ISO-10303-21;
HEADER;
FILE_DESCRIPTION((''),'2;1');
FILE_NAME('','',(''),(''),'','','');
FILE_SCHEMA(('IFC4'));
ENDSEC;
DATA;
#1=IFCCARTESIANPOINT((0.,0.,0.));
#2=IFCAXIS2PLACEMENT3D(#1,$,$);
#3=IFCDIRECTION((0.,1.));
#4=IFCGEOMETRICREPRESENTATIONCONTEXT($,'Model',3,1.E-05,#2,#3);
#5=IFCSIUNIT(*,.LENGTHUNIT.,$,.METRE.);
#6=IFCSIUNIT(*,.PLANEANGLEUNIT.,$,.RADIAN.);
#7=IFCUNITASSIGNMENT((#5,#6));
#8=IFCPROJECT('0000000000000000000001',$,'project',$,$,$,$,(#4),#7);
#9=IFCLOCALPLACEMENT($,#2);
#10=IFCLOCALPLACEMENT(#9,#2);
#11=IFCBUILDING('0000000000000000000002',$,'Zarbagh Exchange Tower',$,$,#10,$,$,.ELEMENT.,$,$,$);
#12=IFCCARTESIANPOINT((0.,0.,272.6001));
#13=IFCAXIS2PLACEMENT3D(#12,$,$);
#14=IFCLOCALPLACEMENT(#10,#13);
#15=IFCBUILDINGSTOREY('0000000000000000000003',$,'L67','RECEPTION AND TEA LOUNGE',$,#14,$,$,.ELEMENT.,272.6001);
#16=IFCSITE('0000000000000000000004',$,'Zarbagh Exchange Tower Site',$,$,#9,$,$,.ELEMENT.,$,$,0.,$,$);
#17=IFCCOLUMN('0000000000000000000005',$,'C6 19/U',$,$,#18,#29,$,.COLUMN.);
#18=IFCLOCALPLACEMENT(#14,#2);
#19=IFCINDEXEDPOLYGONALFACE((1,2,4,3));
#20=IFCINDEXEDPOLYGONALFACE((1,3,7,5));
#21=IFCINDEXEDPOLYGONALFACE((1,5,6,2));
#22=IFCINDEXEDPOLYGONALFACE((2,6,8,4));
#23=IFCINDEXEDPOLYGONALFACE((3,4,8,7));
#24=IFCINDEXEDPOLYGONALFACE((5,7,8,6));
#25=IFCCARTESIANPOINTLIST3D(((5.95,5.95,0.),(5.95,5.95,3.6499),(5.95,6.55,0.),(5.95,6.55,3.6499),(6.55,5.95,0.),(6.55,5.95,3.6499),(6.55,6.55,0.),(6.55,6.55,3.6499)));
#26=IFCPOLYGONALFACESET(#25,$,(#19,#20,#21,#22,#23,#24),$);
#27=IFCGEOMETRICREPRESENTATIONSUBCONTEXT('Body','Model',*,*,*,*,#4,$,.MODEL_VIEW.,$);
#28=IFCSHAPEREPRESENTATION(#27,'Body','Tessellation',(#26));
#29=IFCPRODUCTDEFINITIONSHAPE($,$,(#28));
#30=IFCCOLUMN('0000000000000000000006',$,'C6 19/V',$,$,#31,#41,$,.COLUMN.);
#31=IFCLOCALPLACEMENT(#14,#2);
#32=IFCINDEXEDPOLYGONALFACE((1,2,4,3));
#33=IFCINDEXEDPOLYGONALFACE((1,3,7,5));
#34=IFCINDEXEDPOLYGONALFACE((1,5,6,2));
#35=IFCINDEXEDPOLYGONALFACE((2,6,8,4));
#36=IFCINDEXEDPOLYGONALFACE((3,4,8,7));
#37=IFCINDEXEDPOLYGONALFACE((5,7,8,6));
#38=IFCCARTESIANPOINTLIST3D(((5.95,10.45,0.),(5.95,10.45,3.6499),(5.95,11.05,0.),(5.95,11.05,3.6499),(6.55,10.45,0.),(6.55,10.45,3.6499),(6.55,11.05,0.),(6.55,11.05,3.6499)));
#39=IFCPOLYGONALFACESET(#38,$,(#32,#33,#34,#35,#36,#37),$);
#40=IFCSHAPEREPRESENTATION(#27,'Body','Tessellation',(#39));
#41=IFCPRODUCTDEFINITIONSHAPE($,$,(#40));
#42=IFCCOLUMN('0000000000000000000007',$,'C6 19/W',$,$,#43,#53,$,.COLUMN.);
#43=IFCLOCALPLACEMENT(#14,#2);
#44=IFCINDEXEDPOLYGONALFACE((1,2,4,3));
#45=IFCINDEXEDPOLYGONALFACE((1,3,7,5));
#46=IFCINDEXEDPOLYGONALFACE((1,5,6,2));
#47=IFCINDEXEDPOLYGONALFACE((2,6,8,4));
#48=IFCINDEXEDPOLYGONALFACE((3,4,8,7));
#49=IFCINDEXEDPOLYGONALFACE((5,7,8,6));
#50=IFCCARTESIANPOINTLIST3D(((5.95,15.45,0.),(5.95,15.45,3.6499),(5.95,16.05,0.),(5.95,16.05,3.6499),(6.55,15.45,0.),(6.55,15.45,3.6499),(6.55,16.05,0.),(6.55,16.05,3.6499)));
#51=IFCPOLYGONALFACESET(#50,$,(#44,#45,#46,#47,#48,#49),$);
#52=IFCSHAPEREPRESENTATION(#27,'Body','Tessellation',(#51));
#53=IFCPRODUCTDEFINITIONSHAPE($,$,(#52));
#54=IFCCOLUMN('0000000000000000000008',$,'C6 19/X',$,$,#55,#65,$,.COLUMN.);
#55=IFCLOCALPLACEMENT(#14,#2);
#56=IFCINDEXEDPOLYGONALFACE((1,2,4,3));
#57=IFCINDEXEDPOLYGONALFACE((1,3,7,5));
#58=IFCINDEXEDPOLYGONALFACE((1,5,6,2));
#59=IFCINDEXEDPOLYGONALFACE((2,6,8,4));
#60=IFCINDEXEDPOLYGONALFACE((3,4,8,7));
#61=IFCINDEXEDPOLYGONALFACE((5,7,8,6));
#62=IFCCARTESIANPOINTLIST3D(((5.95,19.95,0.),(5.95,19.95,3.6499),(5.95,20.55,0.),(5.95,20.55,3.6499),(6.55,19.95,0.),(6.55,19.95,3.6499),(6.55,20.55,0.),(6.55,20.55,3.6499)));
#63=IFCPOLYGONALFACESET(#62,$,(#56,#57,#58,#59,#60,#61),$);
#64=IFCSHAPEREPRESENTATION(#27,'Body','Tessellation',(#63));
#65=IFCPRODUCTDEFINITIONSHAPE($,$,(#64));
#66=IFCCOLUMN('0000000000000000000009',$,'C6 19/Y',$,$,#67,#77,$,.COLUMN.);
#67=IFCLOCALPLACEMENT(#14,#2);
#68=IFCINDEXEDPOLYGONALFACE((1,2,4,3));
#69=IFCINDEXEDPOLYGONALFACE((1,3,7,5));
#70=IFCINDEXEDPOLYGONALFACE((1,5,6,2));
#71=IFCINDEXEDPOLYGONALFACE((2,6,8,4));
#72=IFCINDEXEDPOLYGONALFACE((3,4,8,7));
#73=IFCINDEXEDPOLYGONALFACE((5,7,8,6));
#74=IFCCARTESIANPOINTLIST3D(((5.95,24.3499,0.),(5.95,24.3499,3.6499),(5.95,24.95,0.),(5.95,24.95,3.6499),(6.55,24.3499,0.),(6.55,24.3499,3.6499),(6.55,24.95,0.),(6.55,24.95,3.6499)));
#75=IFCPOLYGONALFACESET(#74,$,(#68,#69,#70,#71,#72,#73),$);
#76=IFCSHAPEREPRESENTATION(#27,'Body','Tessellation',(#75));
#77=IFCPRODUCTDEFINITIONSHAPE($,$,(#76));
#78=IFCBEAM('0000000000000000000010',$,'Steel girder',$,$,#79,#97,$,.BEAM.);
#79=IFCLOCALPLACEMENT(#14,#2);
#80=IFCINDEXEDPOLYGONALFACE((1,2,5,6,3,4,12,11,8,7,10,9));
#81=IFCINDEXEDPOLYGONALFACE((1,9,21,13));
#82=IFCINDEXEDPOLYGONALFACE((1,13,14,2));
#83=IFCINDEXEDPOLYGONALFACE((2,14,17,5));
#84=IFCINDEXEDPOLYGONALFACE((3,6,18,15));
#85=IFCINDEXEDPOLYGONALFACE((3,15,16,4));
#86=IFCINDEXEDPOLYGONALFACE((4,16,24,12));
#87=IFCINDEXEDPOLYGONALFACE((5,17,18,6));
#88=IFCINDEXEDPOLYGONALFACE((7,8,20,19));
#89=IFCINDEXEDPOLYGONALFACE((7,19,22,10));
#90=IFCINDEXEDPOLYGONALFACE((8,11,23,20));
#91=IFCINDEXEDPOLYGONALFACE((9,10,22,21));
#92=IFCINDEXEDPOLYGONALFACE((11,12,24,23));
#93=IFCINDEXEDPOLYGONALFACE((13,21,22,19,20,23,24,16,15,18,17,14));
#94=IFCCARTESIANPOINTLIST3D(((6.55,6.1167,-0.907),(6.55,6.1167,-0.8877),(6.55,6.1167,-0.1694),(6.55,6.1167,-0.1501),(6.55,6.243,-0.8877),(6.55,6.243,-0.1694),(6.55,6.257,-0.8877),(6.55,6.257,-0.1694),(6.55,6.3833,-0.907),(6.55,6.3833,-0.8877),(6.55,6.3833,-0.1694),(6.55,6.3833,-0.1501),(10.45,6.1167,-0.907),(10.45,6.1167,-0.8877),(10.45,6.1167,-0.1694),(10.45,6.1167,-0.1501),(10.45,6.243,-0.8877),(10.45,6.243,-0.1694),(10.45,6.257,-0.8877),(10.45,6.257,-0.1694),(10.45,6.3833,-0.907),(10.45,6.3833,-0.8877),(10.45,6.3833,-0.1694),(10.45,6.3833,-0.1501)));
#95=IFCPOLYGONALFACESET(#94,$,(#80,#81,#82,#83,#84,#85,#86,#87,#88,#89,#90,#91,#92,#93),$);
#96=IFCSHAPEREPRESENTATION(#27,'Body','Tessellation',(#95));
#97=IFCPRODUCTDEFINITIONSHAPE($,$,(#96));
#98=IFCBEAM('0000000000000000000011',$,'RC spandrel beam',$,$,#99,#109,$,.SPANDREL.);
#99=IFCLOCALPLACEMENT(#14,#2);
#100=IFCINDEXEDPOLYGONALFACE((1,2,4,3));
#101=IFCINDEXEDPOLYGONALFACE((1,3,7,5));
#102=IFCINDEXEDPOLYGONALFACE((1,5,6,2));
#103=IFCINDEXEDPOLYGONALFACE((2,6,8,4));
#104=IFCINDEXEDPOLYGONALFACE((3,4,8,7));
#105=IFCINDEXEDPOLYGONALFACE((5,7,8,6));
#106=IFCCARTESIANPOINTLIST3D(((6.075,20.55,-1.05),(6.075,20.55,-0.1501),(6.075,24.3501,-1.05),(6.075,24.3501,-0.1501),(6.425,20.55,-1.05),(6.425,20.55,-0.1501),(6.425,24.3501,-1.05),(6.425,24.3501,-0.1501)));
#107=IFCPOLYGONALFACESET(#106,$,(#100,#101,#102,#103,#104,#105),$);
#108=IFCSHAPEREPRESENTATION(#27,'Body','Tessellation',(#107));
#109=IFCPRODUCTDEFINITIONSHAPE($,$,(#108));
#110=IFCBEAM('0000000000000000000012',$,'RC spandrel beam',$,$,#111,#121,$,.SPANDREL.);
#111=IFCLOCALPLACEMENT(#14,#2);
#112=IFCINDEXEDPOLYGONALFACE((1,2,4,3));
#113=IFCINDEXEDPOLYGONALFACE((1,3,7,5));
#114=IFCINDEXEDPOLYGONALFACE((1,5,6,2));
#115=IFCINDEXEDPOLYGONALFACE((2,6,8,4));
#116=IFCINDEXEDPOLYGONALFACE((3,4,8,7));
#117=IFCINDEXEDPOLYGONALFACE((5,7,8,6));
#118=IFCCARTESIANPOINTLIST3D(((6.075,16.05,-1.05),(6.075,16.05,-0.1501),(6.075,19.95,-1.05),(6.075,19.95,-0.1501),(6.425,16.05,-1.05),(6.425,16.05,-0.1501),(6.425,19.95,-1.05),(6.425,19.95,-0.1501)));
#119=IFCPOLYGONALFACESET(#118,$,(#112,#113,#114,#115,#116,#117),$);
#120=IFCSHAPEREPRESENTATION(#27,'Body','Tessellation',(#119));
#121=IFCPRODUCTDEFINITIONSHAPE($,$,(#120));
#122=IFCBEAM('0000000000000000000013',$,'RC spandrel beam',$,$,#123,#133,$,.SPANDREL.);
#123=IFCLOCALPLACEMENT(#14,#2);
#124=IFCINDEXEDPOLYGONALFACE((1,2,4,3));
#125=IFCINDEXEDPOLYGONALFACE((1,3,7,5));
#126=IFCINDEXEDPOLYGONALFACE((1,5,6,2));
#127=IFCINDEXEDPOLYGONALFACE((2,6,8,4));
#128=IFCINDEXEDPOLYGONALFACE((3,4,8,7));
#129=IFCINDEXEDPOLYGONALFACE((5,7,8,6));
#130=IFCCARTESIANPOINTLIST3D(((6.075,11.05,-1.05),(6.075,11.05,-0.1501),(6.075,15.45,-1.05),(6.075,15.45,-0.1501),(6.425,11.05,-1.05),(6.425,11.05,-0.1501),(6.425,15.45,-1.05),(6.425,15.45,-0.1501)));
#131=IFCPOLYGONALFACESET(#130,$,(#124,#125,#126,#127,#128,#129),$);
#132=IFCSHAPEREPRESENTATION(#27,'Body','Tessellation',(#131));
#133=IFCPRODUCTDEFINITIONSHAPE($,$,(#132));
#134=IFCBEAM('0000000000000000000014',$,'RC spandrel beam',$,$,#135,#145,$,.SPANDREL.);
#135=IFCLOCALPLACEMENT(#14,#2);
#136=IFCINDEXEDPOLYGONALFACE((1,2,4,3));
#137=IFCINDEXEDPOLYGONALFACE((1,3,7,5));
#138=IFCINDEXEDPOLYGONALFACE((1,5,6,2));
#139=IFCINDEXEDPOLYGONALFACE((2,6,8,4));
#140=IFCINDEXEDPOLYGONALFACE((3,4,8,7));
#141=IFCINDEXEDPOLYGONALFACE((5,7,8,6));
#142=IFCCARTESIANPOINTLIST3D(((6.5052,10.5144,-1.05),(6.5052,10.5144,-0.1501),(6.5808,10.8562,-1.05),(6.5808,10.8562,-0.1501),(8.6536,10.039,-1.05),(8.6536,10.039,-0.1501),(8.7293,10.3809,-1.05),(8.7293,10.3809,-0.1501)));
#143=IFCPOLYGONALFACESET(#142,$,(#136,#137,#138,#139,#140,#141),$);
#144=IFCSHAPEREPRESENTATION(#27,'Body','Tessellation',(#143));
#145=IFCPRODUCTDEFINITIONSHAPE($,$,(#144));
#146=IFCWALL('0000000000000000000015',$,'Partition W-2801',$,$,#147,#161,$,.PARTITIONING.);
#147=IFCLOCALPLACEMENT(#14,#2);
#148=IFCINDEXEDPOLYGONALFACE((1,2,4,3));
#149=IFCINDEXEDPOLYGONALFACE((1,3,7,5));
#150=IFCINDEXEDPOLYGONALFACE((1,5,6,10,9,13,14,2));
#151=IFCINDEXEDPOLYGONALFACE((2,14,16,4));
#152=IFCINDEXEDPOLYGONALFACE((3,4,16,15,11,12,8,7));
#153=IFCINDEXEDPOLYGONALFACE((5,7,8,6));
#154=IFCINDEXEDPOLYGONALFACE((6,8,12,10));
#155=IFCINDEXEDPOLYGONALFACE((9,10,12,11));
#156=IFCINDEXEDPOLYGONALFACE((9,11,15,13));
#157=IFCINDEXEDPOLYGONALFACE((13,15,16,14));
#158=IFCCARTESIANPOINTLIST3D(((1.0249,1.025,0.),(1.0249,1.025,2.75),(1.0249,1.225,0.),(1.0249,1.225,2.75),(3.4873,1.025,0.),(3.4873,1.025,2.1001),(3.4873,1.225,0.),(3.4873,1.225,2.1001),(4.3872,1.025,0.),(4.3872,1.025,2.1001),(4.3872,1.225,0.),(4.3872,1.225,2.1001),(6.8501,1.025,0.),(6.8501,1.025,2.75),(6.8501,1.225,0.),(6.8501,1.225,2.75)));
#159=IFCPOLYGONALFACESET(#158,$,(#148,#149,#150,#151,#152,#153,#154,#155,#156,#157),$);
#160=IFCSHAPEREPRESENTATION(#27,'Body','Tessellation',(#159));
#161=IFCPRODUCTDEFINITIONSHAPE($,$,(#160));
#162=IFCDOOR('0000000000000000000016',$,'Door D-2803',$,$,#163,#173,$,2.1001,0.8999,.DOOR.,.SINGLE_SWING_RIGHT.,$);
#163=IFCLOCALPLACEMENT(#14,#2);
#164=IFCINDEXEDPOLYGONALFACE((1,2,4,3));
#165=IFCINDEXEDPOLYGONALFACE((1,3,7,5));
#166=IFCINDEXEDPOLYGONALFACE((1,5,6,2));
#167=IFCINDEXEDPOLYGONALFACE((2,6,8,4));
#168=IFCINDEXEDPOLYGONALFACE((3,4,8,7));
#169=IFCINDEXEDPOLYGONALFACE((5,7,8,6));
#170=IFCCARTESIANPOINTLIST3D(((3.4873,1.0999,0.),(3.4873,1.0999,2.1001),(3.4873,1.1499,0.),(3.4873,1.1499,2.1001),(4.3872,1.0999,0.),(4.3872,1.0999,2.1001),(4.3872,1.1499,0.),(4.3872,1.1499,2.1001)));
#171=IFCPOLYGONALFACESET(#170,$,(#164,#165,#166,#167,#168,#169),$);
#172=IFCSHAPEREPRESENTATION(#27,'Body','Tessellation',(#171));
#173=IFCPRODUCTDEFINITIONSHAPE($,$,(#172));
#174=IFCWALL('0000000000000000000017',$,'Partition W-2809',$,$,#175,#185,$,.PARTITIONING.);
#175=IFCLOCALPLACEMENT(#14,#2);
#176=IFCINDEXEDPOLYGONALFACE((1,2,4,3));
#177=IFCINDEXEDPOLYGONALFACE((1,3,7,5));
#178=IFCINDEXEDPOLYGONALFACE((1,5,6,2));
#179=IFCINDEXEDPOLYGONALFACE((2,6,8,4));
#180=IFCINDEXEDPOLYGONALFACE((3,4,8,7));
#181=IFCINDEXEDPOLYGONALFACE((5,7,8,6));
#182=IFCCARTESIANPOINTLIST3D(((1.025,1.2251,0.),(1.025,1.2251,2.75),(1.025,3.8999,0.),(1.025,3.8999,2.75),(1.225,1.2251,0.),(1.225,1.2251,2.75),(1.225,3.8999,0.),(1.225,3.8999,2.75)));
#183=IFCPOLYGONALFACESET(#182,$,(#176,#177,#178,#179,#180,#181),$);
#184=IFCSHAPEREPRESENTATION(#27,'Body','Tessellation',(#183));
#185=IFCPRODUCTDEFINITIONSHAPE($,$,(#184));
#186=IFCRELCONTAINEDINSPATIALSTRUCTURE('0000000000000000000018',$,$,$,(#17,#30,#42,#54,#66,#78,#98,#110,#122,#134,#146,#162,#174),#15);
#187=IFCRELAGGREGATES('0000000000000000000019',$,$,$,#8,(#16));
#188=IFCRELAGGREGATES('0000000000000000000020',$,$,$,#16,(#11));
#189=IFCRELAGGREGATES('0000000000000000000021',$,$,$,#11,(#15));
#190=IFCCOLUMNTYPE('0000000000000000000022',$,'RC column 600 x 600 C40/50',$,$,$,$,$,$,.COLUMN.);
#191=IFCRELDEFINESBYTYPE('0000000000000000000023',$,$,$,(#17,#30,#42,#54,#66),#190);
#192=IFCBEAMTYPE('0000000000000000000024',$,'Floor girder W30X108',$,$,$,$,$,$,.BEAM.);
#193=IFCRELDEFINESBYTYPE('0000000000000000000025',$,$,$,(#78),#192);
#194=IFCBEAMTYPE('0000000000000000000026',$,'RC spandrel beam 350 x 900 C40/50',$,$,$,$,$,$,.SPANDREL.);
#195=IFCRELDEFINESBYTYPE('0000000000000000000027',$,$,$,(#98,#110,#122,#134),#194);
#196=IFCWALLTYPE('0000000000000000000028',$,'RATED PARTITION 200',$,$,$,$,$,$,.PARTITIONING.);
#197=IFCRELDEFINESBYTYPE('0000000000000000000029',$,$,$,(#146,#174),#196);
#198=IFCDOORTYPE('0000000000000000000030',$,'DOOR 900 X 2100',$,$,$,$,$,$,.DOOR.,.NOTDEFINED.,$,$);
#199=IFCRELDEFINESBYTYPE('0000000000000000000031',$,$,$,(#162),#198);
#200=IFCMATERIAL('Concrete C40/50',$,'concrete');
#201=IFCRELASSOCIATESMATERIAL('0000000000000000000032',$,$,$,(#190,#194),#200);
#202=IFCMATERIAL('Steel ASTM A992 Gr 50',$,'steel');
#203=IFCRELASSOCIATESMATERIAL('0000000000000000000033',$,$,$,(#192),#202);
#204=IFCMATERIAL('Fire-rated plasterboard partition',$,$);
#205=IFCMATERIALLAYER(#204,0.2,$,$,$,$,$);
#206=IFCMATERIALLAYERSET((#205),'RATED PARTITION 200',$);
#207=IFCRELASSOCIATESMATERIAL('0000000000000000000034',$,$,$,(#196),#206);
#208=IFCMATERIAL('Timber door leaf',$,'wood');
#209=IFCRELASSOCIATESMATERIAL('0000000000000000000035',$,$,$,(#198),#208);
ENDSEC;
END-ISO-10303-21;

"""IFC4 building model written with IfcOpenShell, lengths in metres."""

from ifc_helpers import new_model, si_unit, direction, frame, frame_2d, origin, origin_2d, place, context, subcontext, project, spatial, rectangle, i_section, extrude, material, layer, layer_set, material_profile, profile_set, type_object, element, fill, save


model = new_model("IFC4")

# Units and contexts
model_context = context("Model", 3, precision=1e-05, world=origin(), true_north=direction((0.0, 1.0)))
body_context = subcontext(model_context, "Body", "Model", "MODEL_VIEW")
ifc_project = project(units=[si_unit("LENGTHUNIT", "METRE"), si_unit("PLANEANGLEUNIT", "RADIAN")], contexts=[model_context])

# Site, building, storey
site_placement = place(None, origin())
site = spatial("IfcSite", under=ifc_project, at=site_placement, Name="Zarbagh Exchange Tower Site", CompositionType="ELEMENT", RefElevation=0.0)
building_placement = place(site_placement, origin())
building = spatial("IfcBuilding", under=site, at=building_placement, Name="Zarbagh Exchange Tower", CompositionType="ELEMENT")
storey_placement = place(building_placement, frame((0.0, 0.0, 272.6001)))
storey = spatial("IfcBuildingStorey", under=building, at=storey_placement, Name="L67", Description="RECEPTION AND TEA LOUNGE", CompositionType="ELEMENT", Elevation=272.6001)

# Columns
ifc_material_1 = material(Name="Concrete C40/50", Category="concrete")
ifc_material_profile_1 = material_profile(ifc_material_1, rectangle(XDim=0.6001, YDim=0.6001, at=origin_2d()), Name="RC column 600 x 600 C40/50")
ifc_profile_set_1 = profile_set([ifc_material_profile_1], Name="Concrete C40/50")
column_type = type_object("IfcColumnType", Name="RC column 600 x 600 C40/50", PredefinedType="COLUMN", material=ifc_profile_set_1)
for number, where, z_axis, x_axis, name in (
    (1, (6.25, 6.25, 0.0), (0.0, 0.0, 1.0), (1.0, 0.0, 0.0), "C6 19/U"),
    (2, (6.25, 10.75, 0.0), (0.0, 0.0, 1.0), (1.0, 0.0, 0.0), "C6 19/V"),
    (3, (6.25, 15.75, 0.0), (0.0, 0.0, 1.0), (1.0, 0.0, 0.0), "C6 19/W"),
    (4, (6.25, 20.25, 0.0), (0.0, 0.0, 1.0), (1.0, 0.0, 0.0), "C6 19/X"),
    (5, (6.25, 24.6499, 0.0), (0.0, 0.0, 1.0), (1.0, 0.0, 0.0), "C6 19/Y"),
):
    element("IfcColumn", number, at=place(storey_placement, frame(where, z_axis=z_axis, x_axis=x_axis)), inside=storey, type_object=column_type, Name=name, PredefinedType="COLUMN", context=body_context, shape_type="SweptSolid", body=[
        extrude(rectangle(XDim=0.6001, YDim=0.6001, at=origin_2d()), origin(), (0.0, 0.0, 1.0), 3.6499),
    ])

# Beams
ifc_material_2 = material(Name="Steel ASTM A992 Gr 50", Category="steel")
ifc_material_profile_2 = material_profile(ifc_material_2, i_section(OverallWidth=0.2666, OverallDepth=0.7568, WebThickness=0.0139, FlangeThickness=0.0193, at=origin_2d()), Name="W30X108")
ifc_profile_set_2 = profile_set([ifc_material_profile_2], Name="Steel ASTM A992 Gr 50")
beam_type_1 = type_object("IfcBeamType", Name="Floor girder W30X108", PredefinedType="BEAM", material=ifc_profile_set_2)
beam_1_placement = place(storey_placement, frame((6.55, 6.25, -0.5286), z_axis=(1.0, 0.0, 0.0), x_axis=(0.0, 1.0, 0.0)))
element("IfcBeam", 6, at=beam_1_placement, inside=storey, type_object=beam_type_1, Name="Steel girder", PredefinedType="BEAM", context=body_context, shape_type="SweptSolid", body=[
    extrude(i_section(OverallWidth=0.2666, OverallDepth=0.7568, WebThickness=0.0139, FlangeThickness=0.0193, at=origin_2d()), origin(), (0.0, 0.0, 1.0), 3.8999),
])
ifc_material_profile_3 = material_profile(ifc_material_1, rectangle(XDim=0.3501, YDim=0.8999, at=origin_2d()), Name="RC spandrel beam 350 x 900 C40/50")
ifc_profile_set_3 = profile_set([ifc_material_profile_3], Name="Concrete C40/50")
beam_type_2 = type_object("IfcBeamType", Name="RC spandrel beam 350 x 900 C40/50", PredefinedType="SPANDREL", material=ifc_profile_set_3)
beam_2_placement = place(storey_placement, frame((6.25, 24.3501, -0.6001), z_axis=(0.0, -1.0, 0.0), x_axis=(1.0, 0.0, 0.0)))
element("IfcBeam", 7, at=beam_2_placement, inside=storey, type_object=beam_type_2, Name="RC spandrel beam", PredefinedType="SPANDREL", context=body_context, shape_type="SweptSolid", body=[
    extrude(rectangle(XDim=0.3501, YDim=0.8999, at=origin_2d()), origin(), (0.0, 0.0, 1.0), 3.8),
])
beam_3_placement = place(storey_placement, frame((6.25, 19.95, -0.6001), z_axis=(0.0, -1.0, 0.0), x_axis=(1.0, 0.0, 0.0)))
element("IfcBeam", 8, at=beam_3_placement, inside=storey, type_object=beam_type_2, Name="RC spandrel beam", PredefinedType="SPANDREL", context=body_context, shape_type="SweptSolid", body=[
    extrude(rectangle(XDim=0.3501, YDim=0.8999, at=origin_2d()), origin(), (0.0, 0.0, 1.0), 3.8999),
])
beam_4_placement = place(storey_placement, frame((6.25, 15.45, -0.6001), z_axis=(0.0, -1.0, 0.0), x_axis=(1.0, 0.0, 0.0)))
element("IfcBeam", 9, at=beam_4_placement, inside=storey, type_object=beam_type_2, Name="RC spandrel beam", PredefinedType="SPANDREL", context=body_context, shape_type="SweptSolid", body=[
    extrude(rectangle(XDim=0.3501, YDim=0.8999, at=origin_2d()), origin(), (0.0, 0.0, 1.0), 4.3999),
])
beam_5_placement = place(storey_placement, frame((6.543, 10.6853, -0.6001), z_axis=(0.976388, -0.216026, 0.0), x_axis=(0.216026, 0.976388, 0.0)))
element("IfcBeam", 10, at=beam_5_placement, inside=storey, type_object=beam_type_2, Name="RC spandrel beam", PredefinedType="SPANDREL", context=body_context, shape_type="SweptSolid", body=[
    extrude(rectangle(XDim=0.3501, YDim=0.8999, at=origin_2d()), origin(), (0.0, 0.0, 1.0), 2.2004),
])

# Wall, opening, door
ifc_material_3 = material(Name="Fire-rated plasterboard partition")
ifc_layer_1 = layer(ifc_material_3, 0.2)
ifc_layer_set_1 = layer_set([ifc_layer_1], Name="RATED PARTITION 200")
wall_type_1 = type_object("IfcWallType", Name="RATED PARTITION 200", PredefinedType="PARTITIONING", material=ifc_layer_set_1)
wall_1_placement = place(storey_placement, frame((1.0249, 1.125, 0.0), z_axis=(0.0, 0.0, 1.0), x_axis=(1.0, 0.0, 0.0)))
wall_1 = element("IfcWall", 11, at=wall_1_placement, inside=storey, type_object=wall_type_1, Name="Partition W-2801", PredefinedType="PARTITIONING", context=body_context, shape_type="SweptSolid", body=[
    extrude(rectangle(XDim=5.8252, YDim=0.2, at=frame_2d((2.9126, 0.0))), origin(), (0.0, 0.0, 1.0), 2.75),
])
opening_1_placement = place(wall_1_placement, frame((2.4624, 0.0, 0.0)))
opening_1 = element("IfcOpeningElement", 12, at=opening_1_placement, cuts=wall_1, PredefinedType="OPENING", context=body_context, shape_type="SweptSolid", body=[
    extrude(rectangle(XDim=0.8999, YDim=2.1001, at=frame_2d((0.45, 1.05))), frame((0.0, 0.1099, 0.0), z_axis=(0.0, -1.0, 0.0), x_axis=(1.0, 0.0, 0.0)), (0.0, 0.0, 1.0), 0.22),
])
ifc_material_4 = material(Name="Timber door leaf", Category="wood")
door_type_1 = type_object("IfcDoorType", Name="DOOR 900 X 2100", OperationType="NOTDEFINED", PredefinedType="DOOR", material=ifc_material_4)
door_1_placement = place(opening_1_placement, origin())
door_1 = element("IfcDoor", 13, at=door_1_placement, inside=storey, type_object=door_type_1, Name="Door D-2803", OperationType="SINGLE_SWING_RIGHT", OverallHeight=2.1001, OverallWidth=0.8999, PredefinedType="DOOR", context=body_context, shape_type="SweptSolid", body=[
    extrude(rectangle(XDim=0.8999, YDim=2.1001, at=frame_2d((0.45, 1.05))), frame((0.0, 0.0249, 0.0), z_axis=(0.0, -1.0, 0.0), x_axis=(1.0, 0.0, 0.0)), (0.0, 0.0, 1.0), 0.05),
])
fill(opening_1, door_1)

# Wall
wall_2_placement = place(storey_placement, frame((1.125, 1.2251, 0.0), z_axis=(0.0, 0.0, 1.0), x_axis=(0.0, 1.0, 0.0)))
element("IfcWall", 14, at=wall_2_placement, inside=storey, type_object=wall_type_1, Name="Partition W-2809", PredefinedType="PARTITIONING", context=body_context, shape_type="SweptSolid", body=[
    extrude(rectangle(XDim=2.6748, YDim=0.2, at=frame_2d((1.3374, 0.0))), origin(), (0.0, 0.0, 1.0), 2.75),
])

save(model, "model.ifc")
